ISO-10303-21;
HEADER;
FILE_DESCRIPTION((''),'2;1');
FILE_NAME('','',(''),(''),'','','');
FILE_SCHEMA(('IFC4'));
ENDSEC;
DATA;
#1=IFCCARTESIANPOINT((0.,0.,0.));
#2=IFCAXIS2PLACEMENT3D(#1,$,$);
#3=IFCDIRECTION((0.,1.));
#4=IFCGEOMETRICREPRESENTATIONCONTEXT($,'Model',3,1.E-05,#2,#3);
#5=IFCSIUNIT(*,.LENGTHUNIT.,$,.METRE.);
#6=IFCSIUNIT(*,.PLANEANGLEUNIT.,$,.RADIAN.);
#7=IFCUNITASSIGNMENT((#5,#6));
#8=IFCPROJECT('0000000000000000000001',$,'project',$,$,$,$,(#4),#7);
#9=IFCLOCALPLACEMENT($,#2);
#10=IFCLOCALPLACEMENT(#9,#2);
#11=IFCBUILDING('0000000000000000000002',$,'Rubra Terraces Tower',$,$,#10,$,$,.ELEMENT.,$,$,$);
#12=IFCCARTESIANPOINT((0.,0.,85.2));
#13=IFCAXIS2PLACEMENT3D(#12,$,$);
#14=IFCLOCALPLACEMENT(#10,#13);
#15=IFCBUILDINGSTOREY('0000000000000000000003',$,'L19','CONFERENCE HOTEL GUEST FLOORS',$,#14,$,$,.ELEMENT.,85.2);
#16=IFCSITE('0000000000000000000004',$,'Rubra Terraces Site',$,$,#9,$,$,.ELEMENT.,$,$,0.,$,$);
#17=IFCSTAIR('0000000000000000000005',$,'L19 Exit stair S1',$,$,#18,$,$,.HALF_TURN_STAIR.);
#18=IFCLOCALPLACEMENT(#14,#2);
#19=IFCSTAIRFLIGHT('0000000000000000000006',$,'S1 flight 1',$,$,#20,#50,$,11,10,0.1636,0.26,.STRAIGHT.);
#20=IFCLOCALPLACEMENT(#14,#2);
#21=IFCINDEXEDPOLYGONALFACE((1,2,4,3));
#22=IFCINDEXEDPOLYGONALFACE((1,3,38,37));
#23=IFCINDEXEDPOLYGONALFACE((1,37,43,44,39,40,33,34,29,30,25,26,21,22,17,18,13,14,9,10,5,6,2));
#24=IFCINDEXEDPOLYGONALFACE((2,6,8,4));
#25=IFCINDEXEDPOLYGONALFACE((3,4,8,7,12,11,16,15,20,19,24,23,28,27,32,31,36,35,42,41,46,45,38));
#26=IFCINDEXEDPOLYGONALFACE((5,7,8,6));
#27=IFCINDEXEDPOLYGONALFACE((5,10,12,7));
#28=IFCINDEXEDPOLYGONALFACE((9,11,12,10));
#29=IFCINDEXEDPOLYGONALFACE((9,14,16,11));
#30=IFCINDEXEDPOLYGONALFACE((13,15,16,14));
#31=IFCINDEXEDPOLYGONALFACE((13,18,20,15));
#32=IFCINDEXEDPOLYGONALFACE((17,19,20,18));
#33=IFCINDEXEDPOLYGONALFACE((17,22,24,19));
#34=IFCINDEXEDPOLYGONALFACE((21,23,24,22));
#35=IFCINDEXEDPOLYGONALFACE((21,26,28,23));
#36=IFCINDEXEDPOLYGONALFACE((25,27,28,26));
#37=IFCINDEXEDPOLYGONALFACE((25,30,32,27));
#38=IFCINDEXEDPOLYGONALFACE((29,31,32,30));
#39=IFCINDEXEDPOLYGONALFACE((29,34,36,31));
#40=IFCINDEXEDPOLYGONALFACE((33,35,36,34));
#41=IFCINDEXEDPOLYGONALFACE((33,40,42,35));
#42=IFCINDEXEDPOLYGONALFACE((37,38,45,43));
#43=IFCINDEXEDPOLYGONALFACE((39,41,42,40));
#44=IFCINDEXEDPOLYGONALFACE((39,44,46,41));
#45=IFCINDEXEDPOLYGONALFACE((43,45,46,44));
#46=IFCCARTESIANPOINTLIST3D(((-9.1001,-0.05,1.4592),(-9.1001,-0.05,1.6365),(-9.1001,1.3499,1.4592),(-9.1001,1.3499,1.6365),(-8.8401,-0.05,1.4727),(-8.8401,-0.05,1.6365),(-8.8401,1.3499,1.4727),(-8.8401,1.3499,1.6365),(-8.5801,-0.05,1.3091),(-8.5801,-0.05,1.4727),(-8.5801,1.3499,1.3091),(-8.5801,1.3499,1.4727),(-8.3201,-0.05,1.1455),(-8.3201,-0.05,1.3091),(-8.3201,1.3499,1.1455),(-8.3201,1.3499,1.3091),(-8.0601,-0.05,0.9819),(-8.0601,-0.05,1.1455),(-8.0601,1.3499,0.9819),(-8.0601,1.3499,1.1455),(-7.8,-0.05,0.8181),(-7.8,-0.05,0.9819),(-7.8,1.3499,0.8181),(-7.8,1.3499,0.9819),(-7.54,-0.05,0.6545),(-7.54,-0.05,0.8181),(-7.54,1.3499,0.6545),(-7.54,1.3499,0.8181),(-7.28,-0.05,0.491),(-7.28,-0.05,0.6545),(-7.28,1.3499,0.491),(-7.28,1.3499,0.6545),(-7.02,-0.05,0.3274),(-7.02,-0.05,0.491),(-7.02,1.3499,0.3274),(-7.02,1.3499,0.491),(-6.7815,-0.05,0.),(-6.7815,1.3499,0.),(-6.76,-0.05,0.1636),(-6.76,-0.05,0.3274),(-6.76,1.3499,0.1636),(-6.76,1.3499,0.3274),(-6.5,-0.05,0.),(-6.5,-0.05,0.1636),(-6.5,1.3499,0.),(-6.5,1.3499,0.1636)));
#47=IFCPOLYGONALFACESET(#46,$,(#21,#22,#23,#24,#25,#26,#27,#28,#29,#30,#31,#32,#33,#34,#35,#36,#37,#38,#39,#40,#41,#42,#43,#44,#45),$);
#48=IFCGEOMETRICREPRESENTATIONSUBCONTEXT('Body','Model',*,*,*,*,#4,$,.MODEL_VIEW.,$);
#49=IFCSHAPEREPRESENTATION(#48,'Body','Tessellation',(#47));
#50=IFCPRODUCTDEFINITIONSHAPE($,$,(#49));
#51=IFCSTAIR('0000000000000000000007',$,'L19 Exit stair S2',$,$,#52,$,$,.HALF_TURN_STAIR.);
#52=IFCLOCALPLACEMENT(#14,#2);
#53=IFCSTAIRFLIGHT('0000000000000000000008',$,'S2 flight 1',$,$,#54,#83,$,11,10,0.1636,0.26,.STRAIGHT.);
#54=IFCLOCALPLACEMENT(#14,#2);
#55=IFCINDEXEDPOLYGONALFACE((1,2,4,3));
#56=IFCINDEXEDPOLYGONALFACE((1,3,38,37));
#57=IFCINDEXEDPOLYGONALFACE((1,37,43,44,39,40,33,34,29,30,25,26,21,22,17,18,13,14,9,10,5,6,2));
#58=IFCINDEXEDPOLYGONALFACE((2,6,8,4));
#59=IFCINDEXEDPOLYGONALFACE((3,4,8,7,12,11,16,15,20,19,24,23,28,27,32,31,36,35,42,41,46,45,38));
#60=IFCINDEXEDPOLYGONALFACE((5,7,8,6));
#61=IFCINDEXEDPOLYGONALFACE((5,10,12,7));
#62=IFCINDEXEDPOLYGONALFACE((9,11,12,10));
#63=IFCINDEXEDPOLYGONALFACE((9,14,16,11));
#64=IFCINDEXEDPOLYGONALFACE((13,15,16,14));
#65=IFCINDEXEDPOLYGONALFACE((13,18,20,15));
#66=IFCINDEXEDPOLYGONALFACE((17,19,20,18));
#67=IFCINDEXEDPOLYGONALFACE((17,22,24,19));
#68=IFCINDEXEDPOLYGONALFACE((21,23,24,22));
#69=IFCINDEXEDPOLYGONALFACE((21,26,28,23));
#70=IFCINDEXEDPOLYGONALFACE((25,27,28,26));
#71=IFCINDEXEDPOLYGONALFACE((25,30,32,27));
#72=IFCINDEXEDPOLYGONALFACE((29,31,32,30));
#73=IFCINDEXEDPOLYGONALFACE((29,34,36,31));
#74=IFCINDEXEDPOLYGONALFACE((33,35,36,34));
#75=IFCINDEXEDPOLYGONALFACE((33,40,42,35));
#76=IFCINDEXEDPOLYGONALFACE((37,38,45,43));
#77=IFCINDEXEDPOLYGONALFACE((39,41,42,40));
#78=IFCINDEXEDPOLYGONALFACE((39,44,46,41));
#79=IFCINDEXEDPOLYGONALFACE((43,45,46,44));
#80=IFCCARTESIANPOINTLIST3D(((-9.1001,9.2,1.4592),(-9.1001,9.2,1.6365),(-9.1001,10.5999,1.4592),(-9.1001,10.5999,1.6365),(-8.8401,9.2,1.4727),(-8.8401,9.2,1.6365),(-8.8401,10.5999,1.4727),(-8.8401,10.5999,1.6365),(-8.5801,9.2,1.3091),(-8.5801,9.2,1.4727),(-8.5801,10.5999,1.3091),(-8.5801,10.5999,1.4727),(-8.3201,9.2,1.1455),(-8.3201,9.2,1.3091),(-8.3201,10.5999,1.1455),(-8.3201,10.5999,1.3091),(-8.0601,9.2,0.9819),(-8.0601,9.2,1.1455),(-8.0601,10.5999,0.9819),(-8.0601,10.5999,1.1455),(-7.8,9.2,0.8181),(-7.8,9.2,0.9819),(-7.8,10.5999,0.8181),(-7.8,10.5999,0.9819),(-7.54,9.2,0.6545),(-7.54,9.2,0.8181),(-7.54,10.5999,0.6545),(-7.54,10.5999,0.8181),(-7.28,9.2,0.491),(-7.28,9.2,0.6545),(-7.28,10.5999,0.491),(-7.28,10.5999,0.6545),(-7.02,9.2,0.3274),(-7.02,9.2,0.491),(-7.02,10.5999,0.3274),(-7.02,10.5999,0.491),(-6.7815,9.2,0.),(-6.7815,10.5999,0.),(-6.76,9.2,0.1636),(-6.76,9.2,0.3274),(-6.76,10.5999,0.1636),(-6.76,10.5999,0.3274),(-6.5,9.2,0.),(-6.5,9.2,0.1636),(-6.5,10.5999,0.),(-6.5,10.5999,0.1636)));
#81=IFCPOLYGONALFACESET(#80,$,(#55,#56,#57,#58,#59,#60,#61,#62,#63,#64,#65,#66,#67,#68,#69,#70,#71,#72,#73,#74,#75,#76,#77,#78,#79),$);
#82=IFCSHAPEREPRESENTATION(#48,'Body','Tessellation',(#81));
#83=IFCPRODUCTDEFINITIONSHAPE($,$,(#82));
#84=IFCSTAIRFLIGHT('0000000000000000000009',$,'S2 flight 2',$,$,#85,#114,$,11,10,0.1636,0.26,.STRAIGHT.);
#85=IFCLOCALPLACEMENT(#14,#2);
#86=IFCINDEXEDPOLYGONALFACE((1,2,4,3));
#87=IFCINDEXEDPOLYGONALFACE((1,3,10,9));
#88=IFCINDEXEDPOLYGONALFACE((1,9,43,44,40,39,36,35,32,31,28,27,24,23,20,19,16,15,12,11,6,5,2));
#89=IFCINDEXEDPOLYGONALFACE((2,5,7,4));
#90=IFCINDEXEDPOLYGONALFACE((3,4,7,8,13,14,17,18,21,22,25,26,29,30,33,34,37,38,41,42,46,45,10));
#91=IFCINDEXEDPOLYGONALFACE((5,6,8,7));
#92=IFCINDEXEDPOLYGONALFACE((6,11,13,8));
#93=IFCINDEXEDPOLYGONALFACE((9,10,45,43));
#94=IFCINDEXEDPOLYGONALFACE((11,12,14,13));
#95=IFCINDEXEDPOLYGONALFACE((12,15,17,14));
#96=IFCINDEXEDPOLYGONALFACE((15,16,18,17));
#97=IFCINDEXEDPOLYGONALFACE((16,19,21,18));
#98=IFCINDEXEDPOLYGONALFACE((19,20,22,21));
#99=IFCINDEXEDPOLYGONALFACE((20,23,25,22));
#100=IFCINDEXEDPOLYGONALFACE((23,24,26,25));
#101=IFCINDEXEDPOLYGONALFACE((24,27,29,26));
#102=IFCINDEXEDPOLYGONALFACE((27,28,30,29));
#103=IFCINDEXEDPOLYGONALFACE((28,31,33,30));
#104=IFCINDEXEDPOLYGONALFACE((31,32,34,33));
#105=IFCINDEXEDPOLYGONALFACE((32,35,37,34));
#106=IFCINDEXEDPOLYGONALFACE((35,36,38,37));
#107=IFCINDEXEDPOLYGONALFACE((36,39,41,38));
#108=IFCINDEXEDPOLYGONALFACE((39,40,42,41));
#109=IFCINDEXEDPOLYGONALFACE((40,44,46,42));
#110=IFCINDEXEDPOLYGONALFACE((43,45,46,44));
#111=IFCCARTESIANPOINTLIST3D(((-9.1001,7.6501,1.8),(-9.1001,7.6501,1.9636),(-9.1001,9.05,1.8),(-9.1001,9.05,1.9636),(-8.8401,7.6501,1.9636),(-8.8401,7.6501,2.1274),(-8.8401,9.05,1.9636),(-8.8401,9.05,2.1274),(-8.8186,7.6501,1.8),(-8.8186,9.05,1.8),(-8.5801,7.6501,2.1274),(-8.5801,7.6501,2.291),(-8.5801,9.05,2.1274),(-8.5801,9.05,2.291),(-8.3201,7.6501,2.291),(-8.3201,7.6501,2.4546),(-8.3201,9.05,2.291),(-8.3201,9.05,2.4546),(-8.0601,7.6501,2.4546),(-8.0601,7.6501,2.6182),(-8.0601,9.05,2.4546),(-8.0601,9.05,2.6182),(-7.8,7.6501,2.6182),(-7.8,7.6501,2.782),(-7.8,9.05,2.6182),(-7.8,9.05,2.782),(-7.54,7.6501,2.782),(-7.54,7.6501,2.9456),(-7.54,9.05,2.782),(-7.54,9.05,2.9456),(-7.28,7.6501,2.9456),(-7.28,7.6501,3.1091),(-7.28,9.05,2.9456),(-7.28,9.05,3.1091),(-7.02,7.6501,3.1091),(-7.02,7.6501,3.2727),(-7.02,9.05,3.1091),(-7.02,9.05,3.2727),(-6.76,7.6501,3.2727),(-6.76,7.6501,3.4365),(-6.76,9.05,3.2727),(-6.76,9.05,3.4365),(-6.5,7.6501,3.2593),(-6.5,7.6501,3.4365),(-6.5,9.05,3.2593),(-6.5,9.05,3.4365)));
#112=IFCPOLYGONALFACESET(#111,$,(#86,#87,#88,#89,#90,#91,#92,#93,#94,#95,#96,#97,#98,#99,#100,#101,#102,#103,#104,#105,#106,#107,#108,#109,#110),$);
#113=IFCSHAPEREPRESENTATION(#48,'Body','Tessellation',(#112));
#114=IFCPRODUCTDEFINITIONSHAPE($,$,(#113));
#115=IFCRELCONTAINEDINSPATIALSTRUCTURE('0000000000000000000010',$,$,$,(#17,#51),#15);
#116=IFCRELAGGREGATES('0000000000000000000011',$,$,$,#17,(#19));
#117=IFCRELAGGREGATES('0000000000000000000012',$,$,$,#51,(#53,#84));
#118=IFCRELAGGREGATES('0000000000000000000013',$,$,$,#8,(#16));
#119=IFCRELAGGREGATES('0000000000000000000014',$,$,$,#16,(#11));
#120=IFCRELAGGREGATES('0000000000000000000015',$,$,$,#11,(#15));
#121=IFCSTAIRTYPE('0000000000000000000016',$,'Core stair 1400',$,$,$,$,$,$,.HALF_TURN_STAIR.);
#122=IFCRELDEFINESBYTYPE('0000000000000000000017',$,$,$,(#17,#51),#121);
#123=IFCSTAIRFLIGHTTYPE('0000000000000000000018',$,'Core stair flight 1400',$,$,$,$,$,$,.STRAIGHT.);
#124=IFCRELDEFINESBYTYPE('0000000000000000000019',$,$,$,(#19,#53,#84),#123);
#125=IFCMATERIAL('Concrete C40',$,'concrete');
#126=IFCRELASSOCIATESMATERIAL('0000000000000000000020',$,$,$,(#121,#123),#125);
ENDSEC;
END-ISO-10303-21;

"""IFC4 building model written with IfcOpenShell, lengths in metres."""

from ifc_helpers import new_model, si_unit, direction, frame, origin, place, context, subcontext, project, spatial, polyline, outline, extrude, material, type_object, element, aggregate, save


model = new_model("IFC4")

# Units and contexts
model_context = context("Model", 3, precision=1e-05, world=origin(), true_north=direction((0.0, 1.0)))
body_context = subcontext(model_context, "Body", "Model", "MODEL_VIEW")
ifc_project = project(units=[si_unit("LENGTHUNIT", "METRE"), si_unit("PLANEANGLEUNIT", "RADIAN")], contexts=[model_context])

# Site, building, storey
site_placement = place(None, origin())
site = spatial("IfcSite", under=ifc_project, at=site_placement, Name="Rubra Terraces Site", CompositionType="ELEMENT", RefElevation=0.0)
building_placement = place(site_placement, origin())
building = spatial("IfcBuilding", under=site, at=building_placement, Name="Rubra Terraces Tower", CompositionType="ELEMENT")
storey_placement = place(building_placement, frame((0.0, 0.0, 85.2)))
storey = spatial("IfcBuildingStorey", under=building, at=storey_placement, Name="L19", Description="CONFERENCE HOTEL GUEST FLOORS", CompositionType="ELEMENT", Elevation=85.2)

# Shared definitions
ifc_material_1 = material(Name="Concrete C40", Category="concrete")

# Stair, stair flight
stair_type = type_object("IfcStairType", Name="Core stair 1400", PredefinedType="HALF_TURN_STAIR", material=ifc_material_1)
stair_1_placement = place(storey_placement, origin())
stair_1 = element("IfcStair", 1, at=stair_1_placement, inside=storey, type_object=stair_type, Name="L19 Exit stair S1", PredefinedType="HALF_TURN_STAIR")
stair_flight_type = type_object("IfcStairFlightType", Name="Core stair flight 1400", PredefinedType="STRAIGHT", material=ifc_material_1)
stair_flight_1_placement = place(storey_placement, frame((-6.5, 0.6499, 0.0), z_axis=(0.0, 0.0, 1.0), x_axis=(-1.0, 0.0, 0.0)))
stair_flight_1 = element("IfcStairFlight", 2, at=stair_flight_1_placement, type_object=stair_flight_type, Name="S1 flight 1", NumberOfRisers=11, NumberOfTreads=10, PredefinedType="STRAIGHT", RiserHeight=0.1636, TreadLength=0.26, context=body_context, shape_type="SweptSolid", body=[
    extrude(outline(polyline([(0.0, 0.0), (0.0, 0.1636), (0.26, 0.1636), (0.26, 0.3274), (0.52, 0.3274), (0.52, 0.491), (0.78, 0.491), (0.78, 0.6545), (1.04, 0.6545), (1.04, 0.8181), (1.3, 0.8181), (1.3, 0.9819), (1.5601, 0.9819), (1.5601, 1.1455), (1.8201, 1.1455), (1.8201, 1.3091), (2.0801, 1.3091), (2.0801, 1.4727), (2.3401, 1.4727), (2.3401, 1.6365), (2.6001, 1.6365), (2.6001, 1.8), (2.6001, 1.4592), (0.2815, 0.0), (0.0, 0.0)])), frame((0.0, 0.7, 0.0), z_axis=(0.0, -1.0, 0.0), x_axis=(1.0, 0.0, 0.0)), (0.0, 0.0, 1.0), 1.3999),
])
aggregate(stair_1, [stair_flight_1])

# Stair, stair flights
stair_2_placement = place(storey_placement, origin())
stair_2 = element("IfcStair", 3, at=stair_2_placement, inside=storey, type_object=stair_type, Name="L19 Exit stair S2", PredefinedType="HALF_TURN_STAIR")
stair_flight_2_placement = place(storey_placement, frame((-6.5, 9.8999, 0.0), z_axis=(0.0, 0.0, 1.0), x_axis=(-1.0, 0.0, 0.0)))
stair_flight_2 = element("IfcStairFlight", 4, at=stair_flight_2_placement, type_object=stair_flight_type, Name="S2 flight 1", NumberOfRisers=11, NumberOfTreads=10, PredefinedType="STRAIGHT", RiserHeight=0.1636, TreadLength=0.26, context=body_context, shape_type="SweptSolid", body=[
    extrude(outline(polyline([(0.0, 0.0), (0.0, 0.1636), (0.26, 0.1636), (0.26, 0.3274), (0.52, 0.3274), (0.52, 0.491), (0.78, 0.491), (0.78, 0.6545), (1.04, 0.6545), (1.04, 0.8181), (1.3, 0.8181), (1.3, 0.9819), (1.5601, 0.9819), (1.5601, 1.1455), (1.8201, 1.1455), (1.8201, 1.3091), (2.0801, 1.3091), (2.0801, 1.4727), (2.3401, 1.4727), (2.3401, 1.6365), (2.6001, 1.6365), (2.6001, 1.8), (2.6001, 1.4592), (0.2815, 0.0), (0.0, 0.0)])), frame((0.0, 0.7, 0.0), z_axis=(0.0, -1.0, 0.0), x_axis=(1.0, 0.0, 0.0)), (0.0, 0.0, 1.0), 1.3999),
])
stair_flight_3_placement = place(storey_placement, frame((-9.1001, 8.3501, 1.8), z_axis=(0.0, 0.0, 1.0), x_axis=(1.0, 0.0, 0.0)))
stair_flight_3 = element("IfcStairFlight", 5, at=stair_flight_3_placement, type_object=stair_flight_type, Name="S2 flight 2", NumberOfRisers=11, NumberOfTreads=10, PredefinedType="STRAIGHT", RiserHeight=0.1636, TreadLength=0.26, context=body_context, shape_type="SweptSolid", body=[
    extrude(outline(polyline([(0.0, 0.0), (0.0, 0.1636), (0.26, 0.1636), (0.26, 0.3274), (0.52, 0.3274), (0.52, 0.491), (0.78, 0.491), (0.78, 0.6545), (1.04, 0.6545), (1.04, 0.8181), (1.3, 0.8181), (1.3, 0.9819), (1.5601, 0.9819), (1.5601, 1.1455), (1.8201, 1.1455), (1.8201, 1.3091), (2.0801, 1.3091), (2.0801, 1.4727), (2.3401, 1.4727), (2.3401, 1.6365), (2.6001, 1.6365), (2.6001, 1.8), (2.6001, 1.4592), (0.2815, 0.0), (0.0, 0.0)])), frame((0.0, 0.7, 0.0), z_axis=(0.0, -1.0, 0.0), x_axis=(1.0, 0.0, 0.0)), (0.0, 0.0, 1.0), 1.3999),
])
aggregate(stair_2, [stair_flight_2, stair_flight_3])

save(model, "model.ifc")
